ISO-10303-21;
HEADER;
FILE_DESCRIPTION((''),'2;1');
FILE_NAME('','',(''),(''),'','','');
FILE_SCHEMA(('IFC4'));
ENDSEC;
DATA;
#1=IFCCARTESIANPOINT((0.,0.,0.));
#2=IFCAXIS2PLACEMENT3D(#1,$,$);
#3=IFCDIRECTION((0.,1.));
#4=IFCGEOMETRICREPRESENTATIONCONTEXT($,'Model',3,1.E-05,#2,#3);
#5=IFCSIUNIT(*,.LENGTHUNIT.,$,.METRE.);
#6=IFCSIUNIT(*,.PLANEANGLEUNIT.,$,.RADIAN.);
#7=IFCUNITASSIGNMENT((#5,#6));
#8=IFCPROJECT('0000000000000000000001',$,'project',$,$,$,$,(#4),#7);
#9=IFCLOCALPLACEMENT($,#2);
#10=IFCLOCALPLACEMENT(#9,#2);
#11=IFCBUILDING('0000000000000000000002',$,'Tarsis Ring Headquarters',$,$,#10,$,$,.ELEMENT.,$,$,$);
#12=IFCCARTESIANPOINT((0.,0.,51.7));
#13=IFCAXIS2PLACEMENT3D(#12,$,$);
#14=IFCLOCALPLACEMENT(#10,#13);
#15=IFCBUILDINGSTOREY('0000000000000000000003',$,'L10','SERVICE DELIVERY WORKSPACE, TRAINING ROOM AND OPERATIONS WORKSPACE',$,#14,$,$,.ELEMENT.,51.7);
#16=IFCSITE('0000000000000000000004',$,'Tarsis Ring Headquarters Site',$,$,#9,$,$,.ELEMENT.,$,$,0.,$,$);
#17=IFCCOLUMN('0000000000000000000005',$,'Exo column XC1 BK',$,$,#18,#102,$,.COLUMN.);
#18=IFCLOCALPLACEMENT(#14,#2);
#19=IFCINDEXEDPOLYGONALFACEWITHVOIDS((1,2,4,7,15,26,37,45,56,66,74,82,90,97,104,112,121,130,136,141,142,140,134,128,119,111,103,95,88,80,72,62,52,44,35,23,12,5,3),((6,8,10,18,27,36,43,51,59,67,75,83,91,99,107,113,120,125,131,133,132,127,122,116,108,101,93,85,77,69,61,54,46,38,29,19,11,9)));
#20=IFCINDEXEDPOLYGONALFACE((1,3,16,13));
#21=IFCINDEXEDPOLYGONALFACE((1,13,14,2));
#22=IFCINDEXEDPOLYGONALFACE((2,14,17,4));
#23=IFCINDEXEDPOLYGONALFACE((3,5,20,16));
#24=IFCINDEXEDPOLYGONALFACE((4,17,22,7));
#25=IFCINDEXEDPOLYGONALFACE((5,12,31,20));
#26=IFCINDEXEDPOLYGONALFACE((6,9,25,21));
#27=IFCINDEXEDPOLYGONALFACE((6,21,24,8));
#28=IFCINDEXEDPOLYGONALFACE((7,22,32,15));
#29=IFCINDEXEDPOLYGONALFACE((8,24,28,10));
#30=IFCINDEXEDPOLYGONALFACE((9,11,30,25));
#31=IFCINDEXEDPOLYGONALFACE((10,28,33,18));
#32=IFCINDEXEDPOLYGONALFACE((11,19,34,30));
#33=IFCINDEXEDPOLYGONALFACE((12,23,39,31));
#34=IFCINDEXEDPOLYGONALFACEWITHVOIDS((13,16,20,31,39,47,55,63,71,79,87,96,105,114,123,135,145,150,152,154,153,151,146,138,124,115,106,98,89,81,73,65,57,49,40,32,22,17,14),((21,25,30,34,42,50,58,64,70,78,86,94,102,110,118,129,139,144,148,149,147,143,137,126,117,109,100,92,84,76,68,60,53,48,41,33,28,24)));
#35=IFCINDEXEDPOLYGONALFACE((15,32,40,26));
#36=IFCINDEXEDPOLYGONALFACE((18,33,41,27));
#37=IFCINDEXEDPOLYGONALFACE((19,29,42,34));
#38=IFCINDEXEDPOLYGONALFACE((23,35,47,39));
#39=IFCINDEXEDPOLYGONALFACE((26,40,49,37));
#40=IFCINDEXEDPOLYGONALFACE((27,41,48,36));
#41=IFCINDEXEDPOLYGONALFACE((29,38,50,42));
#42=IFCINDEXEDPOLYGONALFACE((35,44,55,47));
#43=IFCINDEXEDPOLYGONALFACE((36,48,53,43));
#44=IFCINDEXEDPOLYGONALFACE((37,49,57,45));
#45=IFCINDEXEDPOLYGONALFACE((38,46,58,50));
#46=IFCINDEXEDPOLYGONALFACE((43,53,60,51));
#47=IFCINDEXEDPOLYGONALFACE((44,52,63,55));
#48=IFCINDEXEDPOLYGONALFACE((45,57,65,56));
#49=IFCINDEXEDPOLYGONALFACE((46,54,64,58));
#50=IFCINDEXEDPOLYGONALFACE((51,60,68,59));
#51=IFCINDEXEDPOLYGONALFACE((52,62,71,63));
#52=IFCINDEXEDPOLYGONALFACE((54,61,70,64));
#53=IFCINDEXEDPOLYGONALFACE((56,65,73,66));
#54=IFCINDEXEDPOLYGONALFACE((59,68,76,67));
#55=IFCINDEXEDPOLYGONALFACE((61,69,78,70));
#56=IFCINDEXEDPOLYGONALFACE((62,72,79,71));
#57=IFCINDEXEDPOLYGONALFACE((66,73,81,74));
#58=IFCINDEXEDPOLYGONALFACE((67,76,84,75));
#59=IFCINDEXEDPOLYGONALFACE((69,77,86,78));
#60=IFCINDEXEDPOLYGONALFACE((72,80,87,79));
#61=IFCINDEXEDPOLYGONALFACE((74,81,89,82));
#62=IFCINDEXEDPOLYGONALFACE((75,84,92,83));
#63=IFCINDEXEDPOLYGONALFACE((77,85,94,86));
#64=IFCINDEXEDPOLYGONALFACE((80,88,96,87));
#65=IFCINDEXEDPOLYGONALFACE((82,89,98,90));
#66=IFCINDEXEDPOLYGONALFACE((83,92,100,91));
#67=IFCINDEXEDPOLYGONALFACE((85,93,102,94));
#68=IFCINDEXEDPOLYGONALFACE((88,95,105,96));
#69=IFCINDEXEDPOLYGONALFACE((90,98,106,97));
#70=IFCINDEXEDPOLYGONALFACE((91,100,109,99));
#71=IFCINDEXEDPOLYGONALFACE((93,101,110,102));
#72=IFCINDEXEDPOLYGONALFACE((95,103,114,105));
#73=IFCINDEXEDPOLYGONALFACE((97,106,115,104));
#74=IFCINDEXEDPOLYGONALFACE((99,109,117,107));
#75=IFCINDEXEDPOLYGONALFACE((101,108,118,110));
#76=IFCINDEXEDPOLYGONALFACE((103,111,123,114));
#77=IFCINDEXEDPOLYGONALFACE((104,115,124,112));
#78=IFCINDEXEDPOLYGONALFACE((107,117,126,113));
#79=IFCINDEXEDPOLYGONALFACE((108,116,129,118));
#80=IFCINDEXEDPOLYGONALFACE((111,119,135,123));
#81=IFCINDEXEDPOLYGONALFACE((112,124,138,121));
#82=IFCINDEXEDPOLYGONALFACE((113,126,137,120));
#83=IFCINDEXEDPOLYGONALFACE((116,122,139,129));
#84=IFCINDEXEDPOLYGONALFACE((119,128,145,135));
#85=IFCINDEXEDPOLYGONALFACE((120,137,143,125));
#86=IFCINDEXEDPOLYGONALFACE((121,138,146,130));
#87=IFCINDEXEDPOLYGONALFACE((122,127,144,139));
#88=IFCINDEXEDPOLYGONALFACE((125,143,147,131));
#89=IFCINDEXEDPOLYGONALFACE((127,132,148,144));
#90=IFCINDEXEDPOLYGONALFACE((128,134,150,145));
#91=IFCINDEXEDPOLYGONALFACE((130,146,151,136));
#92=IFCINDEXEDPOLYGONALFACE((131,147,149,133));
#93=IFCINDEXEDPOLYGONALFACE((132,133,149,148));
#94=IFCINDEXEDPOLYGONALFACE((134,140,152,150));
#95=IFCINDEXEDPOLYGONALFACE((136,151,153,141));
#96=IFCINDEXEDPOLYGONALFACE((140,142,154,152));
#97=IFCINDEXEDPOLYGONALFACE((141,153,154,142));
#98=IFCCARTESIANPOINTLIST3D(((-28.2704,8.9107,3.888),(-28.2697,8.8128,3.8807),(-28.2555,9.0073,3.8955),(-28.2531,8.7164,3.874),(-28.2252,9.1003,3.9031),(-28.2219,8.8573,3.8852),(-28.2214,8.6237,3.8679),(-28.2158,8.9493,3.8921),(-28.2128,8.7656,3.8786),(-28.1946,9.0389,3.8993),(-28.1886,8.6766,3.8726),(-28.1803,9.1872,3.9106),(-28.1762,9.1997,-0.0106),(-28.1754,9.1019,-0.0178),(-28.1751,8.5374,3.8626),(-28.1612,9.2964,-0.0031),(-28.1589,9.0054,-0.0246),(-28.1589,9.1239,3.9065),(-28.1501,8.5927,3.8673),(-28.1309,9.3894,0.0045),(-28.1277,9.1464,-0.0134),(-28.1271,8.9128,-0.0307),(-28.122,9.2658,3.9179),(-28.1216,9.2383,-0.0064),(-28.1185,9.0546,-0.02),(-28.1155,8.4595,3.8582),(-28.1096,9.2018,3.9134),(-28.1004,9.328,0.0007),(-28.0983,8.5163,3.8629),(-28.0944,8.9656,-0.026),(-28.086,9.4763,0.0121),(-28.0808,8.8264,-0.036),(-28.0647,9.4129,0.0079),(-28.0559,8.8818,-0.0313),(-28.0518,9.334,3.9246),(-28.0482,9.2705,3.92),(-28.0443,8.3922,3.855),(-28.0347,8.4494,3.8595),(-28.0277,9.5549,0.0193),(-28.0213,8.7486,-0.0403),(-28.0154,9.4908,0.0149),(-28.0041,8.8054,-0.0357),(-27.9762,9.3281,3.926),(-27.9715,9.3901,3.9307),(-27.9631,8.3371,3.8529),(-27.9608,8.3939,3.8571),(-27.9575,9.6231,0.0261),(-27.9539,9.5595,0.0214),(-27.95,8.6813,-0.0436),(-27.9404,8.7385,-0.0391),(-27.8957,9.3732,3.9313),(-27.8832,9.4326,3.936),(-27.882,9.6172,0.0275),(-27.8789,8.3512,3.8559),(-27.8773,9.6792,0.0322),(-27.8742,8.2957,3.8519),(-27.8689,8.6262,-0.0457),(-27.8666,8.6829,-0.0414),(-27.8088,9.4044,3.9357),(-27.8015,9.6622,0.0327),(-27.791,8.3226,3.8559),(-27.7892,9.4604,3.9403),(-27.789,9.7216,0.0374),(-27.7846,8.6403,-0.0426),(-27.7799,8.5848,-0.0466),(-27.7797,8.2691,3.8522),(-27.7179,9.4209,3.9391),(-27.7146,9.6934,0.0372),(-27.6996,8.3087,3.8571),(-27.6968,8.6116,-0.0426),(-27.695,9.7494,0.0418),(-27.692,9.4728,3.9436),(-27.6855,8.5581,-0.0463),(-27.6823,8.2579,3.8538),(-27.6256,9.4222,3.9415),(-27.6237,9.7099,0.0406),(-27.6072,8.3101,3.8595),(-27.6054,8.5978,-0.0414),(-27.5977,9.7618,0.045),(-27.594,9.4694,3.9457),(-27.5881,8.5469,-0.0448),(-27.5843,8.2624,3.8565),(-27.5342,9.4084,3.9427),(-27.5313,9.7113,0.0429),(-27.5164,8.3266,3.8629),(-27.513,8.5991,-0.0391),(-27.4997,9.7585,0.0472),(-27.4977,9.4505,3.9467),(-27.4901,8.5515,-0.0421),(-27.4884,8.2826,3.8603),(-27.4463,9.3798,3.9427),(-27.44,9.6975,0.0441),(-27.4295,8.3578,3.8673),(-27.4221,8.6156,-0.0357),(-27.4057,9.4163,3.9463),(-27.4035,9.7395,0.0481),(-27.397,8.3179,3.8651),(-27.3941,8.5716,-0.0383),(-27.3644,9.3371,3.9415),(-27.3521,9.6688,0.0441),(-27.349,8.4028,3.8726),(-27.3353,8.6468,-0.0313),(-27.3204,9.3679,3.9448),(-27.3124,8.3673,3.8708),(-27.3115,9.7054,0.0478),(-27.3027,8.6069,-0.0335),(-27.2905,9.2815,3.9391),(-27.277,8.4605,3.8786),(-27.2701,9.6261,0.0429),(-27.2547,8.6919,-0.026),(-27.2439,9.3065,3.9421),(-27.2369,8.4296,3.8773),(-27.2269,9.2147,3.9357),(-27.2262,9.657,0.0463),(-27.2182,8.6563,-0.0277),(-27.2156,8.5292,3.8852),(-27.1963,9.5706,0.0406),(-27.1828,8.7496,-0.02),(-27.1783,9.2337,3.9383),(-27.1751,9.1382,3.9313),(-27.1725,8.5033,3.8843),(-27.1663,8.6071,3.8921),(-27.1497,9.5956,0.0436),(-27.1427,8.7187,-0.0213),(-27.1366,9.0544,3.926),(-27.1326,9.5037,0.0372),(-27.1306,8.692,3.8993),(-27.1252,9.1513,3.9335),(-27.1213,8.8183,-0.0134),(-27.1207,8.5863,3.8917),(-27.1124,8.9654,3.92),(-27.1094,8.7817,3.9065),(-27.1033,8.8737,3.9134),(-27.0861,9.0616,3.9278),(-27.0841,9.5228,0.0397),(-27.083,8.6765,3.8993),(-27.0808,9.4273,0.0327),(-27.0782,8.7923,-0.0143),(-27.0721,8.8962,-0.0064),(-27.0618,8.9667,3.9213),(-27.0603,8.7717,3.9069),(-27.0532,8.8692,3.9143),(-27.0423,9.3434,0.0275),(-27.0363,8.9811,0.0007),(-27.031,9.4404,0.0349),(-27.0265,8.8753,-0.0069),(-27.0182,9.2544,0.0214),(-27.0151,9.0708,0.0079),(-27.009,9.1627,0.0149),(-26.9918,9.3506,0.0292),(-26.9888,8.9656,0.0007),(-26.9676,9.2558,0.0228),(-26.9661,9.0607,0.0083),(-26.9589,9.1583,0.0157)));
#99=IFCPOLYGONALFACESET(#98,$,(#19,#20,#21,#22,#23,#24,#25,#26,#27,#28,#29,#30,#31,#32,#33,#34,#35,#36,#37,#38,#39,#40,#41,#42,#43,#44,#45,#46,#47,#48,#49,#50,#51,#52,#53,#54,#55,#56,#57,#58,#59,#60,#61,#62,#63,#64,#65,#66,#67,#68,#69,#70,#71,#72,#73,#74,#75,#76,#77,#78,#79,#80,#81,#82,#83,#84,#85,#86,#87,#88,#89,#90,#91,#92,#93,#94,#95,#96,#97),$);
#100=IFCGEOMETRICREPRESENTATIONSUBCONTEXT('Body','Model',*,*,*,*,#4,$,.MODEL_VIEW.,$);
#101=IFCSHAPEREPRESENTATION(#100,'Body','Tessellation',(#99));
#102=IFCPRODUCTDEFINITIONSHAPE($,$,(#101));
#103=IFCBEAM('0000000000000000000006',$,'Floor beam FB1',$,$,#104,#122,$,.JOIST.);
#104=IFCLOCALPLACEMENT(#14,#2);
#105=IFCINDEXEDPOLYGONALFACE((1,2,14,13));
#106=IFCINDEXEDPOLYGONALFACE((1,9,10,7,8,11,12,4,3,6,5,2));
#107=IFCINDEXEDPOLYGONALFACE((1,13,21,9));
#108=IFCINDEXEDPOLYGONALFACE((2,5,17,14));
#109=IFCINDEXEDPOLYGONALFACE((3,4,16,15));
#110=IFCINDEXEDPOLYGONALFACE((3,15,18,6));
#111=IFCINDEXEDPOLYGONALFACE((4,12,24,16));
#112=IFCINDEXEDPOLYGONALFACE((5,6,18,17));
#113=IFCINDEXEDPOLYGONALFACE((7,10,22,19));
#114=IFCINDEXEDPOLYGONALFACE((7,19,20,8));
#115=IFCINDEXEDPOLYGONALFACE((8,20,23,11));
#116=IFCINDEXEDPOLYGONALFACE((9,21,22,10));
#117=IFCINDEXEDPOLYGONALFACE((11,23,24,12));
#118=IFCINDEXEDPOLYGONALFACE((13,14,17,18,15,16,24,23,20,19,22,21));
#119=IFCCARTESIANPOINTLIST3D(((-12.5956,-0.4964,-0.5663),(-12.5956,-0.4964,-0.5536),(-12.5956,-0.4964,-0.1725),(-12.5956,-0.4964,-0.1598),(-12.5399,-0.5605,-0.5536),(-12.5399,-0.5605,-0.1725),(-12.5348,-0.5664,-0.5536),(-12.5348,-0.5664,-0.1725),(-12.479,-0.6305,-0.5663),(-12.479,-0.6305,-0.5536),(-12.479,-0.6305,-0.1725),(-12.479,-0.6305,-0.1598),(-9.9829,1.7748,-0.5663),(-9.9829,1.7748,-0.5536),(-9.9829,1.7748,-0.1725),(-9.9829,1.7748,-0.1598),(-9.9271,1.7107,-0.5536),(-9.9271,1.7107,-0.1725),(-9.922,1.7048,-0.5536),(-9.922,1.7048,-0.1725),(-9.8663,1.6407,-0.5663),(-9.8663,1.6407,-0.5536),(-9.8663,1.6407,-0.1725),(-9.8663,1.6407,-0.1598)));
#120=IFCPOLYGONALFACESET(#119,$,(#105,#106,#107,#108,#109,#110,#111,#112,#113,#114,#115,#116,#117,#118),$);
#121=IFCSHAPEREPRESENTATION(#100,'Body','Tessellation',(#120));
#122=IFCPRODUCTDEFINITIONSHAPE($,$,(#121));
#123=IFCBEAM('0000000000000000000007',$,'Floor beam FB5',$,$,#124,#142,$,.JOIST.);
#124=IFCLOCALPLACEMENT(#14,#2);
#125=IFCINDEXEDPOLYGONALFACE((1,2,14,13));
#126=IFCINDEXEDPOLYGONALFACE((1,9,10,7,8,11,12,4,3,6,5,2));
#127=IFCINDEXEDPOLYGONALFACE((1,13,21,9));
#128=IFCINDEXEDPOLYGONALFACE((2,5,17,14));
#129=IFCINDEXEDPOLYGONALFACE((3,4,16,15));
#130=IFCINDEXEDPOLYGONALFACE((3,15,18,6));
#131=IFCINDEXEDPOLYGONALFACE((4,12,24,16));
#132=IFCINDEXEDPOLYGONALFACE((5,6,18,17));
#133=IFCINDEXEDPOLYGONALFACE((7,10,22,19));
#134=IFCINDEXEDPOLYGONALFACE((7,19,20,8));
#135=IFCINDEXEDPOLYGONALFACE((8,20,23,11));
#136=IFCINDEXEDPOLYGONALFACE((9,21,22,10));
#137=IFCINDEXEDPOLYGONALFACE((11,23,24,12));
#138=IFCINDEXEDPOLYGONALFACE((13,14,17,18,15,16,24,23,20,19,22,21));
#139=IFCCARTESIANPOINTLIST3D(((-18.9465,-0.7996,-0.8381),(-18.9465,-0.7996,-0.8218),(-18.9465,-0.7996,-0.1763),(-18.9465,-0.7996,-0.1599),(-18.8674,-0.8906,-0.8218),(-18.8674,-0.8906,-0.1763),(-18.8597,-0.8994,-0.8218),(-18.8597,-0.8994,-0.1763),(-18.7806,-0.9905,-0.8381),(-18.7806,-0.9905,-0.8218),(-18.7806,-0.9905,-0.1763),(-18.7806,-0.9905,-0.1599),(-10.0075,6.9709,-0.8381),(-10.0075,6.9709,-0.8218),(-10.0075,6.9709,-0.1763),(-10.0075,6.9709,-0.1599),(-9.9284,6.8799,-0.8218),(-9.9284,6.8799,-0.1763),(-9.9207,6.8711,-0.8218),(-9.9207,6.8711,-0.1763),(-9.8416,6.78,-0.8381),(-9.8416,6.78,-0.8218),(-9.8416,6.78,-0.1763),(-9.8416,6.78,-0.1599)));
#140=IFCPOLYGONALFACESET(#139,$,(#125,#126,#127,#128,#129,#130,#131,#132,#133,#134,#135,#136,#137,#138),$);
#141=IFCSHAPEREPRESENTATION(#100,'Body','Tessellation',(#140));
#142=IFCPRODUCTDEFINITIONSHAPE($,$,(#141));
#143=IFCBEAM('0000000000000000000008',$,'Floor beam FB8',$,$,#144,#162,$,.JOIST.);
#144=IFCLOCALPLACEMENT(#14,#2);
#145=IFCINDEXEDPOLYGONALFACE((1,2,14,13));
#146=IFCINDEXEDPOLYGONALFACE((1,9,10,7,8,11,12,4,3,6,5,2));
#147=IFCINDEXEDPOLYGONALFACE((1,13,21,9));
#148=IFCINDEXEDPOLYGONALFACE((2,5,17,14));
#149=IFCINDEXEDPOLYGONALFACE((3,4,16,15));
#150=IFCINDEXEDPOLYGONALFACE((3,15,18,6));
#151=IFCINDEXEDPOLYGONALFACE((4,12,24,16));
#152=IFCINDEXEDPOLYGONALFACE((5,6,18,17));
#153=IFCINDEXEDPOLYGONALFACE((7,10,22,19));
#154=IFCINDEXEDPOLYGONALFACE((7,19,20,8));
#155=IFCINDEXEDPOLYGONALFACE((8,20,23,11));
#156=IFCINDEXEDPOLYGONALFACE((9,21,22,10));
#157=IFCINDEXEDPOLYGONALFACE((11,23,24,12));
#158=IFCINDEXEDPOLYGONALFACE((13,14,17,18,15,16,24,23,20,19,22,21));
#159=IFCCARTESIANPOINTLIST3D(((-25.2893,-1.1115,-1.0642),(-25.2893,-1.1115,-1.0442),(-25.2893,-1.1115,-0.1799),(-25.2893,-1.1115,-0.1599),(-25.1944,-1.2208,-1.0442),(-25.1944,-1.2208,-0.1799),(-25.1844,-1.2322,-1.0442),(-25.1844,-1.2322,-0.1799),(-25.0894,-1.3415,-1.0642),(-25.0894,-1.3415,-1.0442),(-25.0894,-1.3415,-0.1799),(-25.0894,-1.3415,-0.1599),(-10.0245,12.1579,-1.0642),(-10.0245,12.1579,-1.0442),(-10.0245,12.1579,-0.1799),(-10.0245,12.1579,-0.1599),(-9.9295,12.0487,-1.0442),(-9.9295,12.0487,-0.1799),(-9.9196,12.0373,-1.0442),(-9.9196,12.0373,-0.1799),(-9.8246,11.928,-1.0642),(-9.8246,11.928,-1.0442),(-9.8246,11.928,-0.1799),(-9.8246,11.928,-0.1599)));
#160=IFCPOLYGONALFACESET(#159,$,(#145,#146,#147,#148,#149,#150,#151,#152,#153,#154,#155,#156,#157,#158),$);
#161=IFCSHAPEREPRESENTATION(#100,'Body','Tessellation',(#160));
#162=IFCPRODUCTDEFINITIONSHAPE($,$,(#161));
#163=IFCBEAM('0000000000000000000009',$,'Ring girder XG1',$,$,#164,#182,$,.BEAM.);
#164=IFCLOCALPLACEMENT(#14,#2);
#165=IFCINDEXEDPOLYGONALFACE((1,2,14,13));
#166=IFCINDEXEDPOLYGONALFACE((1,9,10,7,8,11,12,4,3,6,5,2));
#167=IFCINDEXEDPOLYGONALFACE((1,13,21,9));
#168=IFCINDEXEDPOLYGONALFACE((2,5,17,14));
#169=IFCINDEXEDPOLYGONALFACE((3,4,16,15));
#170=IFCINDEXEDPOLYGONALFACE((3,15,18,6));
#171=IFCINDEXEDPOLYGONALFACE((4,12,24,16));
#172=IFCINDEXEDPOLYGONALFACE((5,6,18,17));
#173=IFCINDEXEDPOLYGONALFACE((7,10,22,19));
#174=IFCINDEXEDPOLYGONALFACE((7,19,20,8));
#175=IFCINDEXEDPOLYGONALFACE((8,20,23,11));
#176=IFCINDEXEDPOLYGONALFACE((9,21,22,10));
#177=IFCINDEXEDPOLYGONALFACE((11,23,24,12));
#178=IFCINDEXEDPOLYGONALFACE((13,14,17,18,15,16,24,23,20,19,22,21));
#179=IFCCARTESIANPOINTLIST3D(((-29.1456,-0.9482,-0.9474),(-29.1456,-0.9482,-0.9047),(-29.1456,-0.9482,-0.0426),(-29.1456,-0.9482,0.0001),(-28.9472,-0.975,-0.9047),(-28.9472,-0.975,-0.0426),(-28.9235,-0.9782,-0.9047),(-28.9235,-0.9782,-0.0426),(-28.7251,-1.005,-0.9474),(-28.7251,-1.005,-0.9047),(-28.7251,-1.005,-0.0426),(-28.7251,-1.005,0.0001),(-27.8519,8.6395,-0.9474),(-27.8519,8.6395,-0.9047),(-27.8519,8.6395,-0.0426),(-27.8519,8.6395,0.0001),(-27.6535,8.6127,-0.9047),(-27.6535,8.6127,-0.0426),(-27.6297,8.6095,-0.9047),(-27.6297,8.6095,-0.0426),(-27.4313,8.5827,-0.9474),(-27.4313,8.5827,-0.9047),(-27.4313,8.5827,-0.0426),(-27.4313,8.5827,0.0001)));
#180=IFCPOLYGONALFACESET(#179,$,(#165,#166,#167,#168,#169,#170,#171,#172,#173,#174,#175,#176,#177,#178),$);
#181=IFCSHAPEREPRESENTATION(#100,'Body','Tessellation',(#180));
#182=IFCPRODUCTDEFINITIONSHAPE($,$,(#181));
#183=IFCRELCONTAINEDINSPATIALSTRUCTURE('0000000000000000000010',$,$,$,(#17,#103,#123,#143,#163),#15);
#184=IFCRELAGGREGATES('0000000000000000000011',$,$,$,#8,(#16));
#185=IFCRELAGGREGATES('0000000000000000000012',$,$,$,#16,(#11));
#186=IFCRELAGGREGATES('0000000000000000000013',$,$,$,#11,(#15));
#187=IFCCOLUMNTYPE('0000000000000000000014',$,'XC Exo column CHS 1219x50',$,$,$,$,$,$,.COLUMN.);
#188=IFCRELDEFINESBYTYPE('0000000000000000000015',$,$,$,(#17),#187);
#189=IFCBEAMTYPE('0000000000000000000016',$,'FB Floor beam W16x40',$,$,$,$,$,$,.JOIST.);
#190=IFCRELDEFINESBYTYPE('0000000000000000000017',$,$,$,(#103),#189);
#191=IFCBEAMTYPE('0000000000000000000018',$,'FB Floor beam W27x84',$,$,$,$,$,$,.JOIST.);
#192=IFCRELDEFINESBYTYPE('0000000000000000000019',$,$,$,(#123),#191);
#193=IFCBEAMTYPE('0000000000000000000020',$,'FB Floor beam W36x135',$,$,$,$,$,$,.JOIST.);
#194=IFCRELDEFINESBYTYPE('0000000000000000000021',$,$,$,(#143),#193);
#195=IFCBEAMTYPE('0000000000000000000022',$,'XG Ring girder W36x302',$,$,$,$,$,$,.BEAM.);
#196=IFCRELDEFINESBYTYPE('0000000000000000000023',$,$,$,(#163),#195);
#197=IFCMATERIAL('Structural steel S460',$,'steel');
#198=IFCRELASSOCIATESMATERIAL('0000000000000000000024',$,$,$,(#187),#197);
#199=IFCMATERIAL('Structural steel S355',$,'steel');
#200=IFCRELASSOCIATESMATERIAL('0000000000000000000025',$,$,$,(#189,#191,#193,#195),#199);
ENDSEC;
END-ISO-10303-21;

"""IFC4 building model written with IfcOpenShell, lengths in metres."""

from ifc_helpers import new_model, si_unit, direction, frame, origin, origin_2d, place, context, subcontext, project, spatial, hollow_circle, i_section, extrude, material, material_profile, profile_set, type_object, element, save


model = new_model("IFC4")

# Units and contexts
model_context = context("Model", 3, precision=1e-05, world=origin(), true_north=direction((0.0, 1.0)))
body_context = subcontext(model_context, "Body", "Model", "MODEL_VIEW")
ifc_project = project(units=[si_unit("LENGTHUNIT", "METRE"), si_unit("PLANEANGLEUNIT", "RADIAN")], contexts=[model_context])

# Site, building, storey
site_placement = place(None, origin())
site = spatial("IfcSite", under=ifc_project, at=site_placement, Name="Tarsis Ring Headquarters Site", CompositionType="ELEMENT", RefElevation=0.0)
building_placement = place(site_placement, origin())
building = spatial("IfcBuilding", under=site, at=building_placement, Name="Tarsis Ring Headquarters", CompositionType="ELEMENT")
storey_placement = place(building_placement, frame((0.0, 0.0, 51.7)))
storey = spatial("IfcBuildingStorey", under=building, at=storey_placement, Name="L10", Description="SERVICE DELIVERY WORKSPACE, TRAINING ROOM AND OPERATIONS WORKSPACE", CompositionType="ELEMENT", Elevation=51.7)

# Column
ifc_material_1 = material(Name="Structural steel S460", Category="steel")
ifc_material_profile_1 = material_profile(ifc_material_1, hollow_circle(Radius=0.6096, WallThickness=0.05, at=origin_2d()), Name="CHS 1219x50")
ifc_profile_set_1 = profile_set([ifc_material_profile_1], Name="Structural steel S460")
column_type = type_object("IfcColumnType", Name="XC Exo column CHS 1219x50", PredefinedType="COLUMN", material=ifc_profile_set_1)
column_placement = place(storey_placement, frame((-27.5684, 9.1545, 0.0007), z_axis=(-0.024099, -0.073919, 0.996973), x_axis=(0.95075, -0.309957, 0.0)))
element("IfcColumn", 1, at=column_placement, inside=storey, type_object=column_type, Name="Exo column XC1 BK", PredefinedType="COLUMN", context=body_context, shape_type="SweptSolid", body=[
    extrude(hollow_circle(Radius=0.6096, WallThickness=0.05, at=origin_2d()), origin(), (0.0, 0.0, 1.0), 3.9104),
])

# Beams
ifc_material_2 = material(Name="Structural steel S355", Category="steel")
ifc_material_profile_2 = material_profile(ifc_material_2, i_section(OverallWidth=0.1777, OverallDepth=0.4065, WebThickness=0.0078, FlangeThickness=0.0127, at=origin_2d()), Name="W16x40")
ifc_profile_set_2 = profile_set([ifc_material_profile_2], Name="Structural steel S355")
beam_type_1 = type_object("IfcBeamType", Name="FB Floor beam W16x40", PredefinedType="JOIST", material=ifc_profile_set_2)
beam_1_placement = place(storey_placement, frame((-9.9246, 1.7078, -0.363), z_axis=(-0.754713, -0.656055, 0.0), x_axis=(0.656055, -0.754713, 0.0)))
element("IfcBeam", 2, at=beam_1_placement, inside=storey, type_object=beam_type_1, Name="Floor beam FB1", PredefinedType="JOIST", context=body_context, shape_type="SweptSolid", body=[
    extrude(i_section(OverallWidth=0.1777, OverallDepth=0.4065, WebThickness=0.0078, FlangeThickness=0.0127, at=origin_2d()), origin(), (0.0, 0.0, 1.0), 3.4619),
])
ifc_material_profile_3 = material_profile(ifc_material_2, i_section(OverallWidth=0.2529, OverallDepth=0.6782, WebThickness=0.0117, FlangeThickness=0.0164, at=origin_2d()), Name="W27x84")
ifc_profile_set_3 = profile_set([ifc_material_profile_3], Name="Structural steel S355")
beam_type_2 = type_object("IfcBeamType", Name="FB Floor beam W27x84", PredefinedType="JOIST", material=ifc_profile_set_3)
beam_2_placement = place(storey_placement, frame((-9.9246, 6.8755, -0.499), z_axis=(-0.75471, -0.656058, 0.0), x_axis=(0.656058, -0.75471, 0.0)))
element("IfcBeam", 3, at=beam_2_placement, inside=storey, type_object=beam_type_2, Name="Floor beam FB5", PredefinedType="JOIST", context=body_context, shape_type="SweptSolid", body=[
    extrude(i_section(OverallWidth=0.2529, OverallDepth=0.6782, WebThickness=0.0117, FlangeThickness=0.0164, at=origin_2d()), origin(), (0.0, 0.0, 1.0), 11.8442),
])
ifc_material_profile_4 = material_profile(ifc_material_2, i_section(OverallWidth=0.3047, OverallDepth=0.9043, WebThickness=0.0151, FlangeThickness=0.02, at=origin_2d()), Name="W36x135")
ifc_profile_set_4 = profile_set([ifc_material_profile_4], Name="Structural steel S355")
beam_type_3 = type_object("IfcBeamType", Name="FB Floor beam W36x135", PredefinedType="JOIST", material=ifc_profile_set_4)
beam_3_placement = place(storey_placement, frame((-9.9246, 12.043, -0.6121), z_axis=(-0.75471, -0.656058, 0.0), x_axis=(0.656058, -0.75471, 0.0)))
element("IfcBeam", 4, at=beam_3_placement, inside=storey, type_object=beam_type_3, Name="Floor beam FB8", PredefinedType="JOIST", context=body_context, shape_type="SweptSolid", body=[
    extrude(i_section(OverallWidth=0.3047, OverallDepth=0.9043, WebThickness=0.0151, FlangeThickness=0.02, at=origin_2d()), origin(), (0.0, 0.0, 1.0), 20.2261),
])
ifc_material_profile_5 = material_profile(ifc_material_2, i_section(OverallWidth=0.4243, OverallDepth=0.9475, WebThickness=0.0239, FlangeThickness=0.0427, at=origin_2d()), Name="W36x302")
ifc_profile_set_5 = profile_set([ifc_material_profile_5], Name="Structural steel S355")
beam_type_4 = type_object("IfcBeamType", Name="XG Ring girder W36x302", PredefinedType="BEAM", material=ifc_profile_set_5)
beam_4_placement = place(storey_placement, frame((-27.6416, 8.6111, -0.4736), z_axis=(-0.133722, -0.991019, 0.0), x_axis=(0.991019, -0.133722, 0.0)))
element("IfcBeam", 5, at=beam_4_placement, inside=storey, type_object=beam_type_4, Name="Ring girder XG1", PredefinedType="BEAM", context=body_context, shape_type="SweptSolid", body=[
    extrude(i_section(OverallWidth=0.4243, OverallDepth=0.9475, WebThickness=0.0239, FlangeThickness=0.0427, at=origin_2d()), origin(), (0.0, 0.0, 1.0), 9.6746),
])

save(model, "model.ifc")
